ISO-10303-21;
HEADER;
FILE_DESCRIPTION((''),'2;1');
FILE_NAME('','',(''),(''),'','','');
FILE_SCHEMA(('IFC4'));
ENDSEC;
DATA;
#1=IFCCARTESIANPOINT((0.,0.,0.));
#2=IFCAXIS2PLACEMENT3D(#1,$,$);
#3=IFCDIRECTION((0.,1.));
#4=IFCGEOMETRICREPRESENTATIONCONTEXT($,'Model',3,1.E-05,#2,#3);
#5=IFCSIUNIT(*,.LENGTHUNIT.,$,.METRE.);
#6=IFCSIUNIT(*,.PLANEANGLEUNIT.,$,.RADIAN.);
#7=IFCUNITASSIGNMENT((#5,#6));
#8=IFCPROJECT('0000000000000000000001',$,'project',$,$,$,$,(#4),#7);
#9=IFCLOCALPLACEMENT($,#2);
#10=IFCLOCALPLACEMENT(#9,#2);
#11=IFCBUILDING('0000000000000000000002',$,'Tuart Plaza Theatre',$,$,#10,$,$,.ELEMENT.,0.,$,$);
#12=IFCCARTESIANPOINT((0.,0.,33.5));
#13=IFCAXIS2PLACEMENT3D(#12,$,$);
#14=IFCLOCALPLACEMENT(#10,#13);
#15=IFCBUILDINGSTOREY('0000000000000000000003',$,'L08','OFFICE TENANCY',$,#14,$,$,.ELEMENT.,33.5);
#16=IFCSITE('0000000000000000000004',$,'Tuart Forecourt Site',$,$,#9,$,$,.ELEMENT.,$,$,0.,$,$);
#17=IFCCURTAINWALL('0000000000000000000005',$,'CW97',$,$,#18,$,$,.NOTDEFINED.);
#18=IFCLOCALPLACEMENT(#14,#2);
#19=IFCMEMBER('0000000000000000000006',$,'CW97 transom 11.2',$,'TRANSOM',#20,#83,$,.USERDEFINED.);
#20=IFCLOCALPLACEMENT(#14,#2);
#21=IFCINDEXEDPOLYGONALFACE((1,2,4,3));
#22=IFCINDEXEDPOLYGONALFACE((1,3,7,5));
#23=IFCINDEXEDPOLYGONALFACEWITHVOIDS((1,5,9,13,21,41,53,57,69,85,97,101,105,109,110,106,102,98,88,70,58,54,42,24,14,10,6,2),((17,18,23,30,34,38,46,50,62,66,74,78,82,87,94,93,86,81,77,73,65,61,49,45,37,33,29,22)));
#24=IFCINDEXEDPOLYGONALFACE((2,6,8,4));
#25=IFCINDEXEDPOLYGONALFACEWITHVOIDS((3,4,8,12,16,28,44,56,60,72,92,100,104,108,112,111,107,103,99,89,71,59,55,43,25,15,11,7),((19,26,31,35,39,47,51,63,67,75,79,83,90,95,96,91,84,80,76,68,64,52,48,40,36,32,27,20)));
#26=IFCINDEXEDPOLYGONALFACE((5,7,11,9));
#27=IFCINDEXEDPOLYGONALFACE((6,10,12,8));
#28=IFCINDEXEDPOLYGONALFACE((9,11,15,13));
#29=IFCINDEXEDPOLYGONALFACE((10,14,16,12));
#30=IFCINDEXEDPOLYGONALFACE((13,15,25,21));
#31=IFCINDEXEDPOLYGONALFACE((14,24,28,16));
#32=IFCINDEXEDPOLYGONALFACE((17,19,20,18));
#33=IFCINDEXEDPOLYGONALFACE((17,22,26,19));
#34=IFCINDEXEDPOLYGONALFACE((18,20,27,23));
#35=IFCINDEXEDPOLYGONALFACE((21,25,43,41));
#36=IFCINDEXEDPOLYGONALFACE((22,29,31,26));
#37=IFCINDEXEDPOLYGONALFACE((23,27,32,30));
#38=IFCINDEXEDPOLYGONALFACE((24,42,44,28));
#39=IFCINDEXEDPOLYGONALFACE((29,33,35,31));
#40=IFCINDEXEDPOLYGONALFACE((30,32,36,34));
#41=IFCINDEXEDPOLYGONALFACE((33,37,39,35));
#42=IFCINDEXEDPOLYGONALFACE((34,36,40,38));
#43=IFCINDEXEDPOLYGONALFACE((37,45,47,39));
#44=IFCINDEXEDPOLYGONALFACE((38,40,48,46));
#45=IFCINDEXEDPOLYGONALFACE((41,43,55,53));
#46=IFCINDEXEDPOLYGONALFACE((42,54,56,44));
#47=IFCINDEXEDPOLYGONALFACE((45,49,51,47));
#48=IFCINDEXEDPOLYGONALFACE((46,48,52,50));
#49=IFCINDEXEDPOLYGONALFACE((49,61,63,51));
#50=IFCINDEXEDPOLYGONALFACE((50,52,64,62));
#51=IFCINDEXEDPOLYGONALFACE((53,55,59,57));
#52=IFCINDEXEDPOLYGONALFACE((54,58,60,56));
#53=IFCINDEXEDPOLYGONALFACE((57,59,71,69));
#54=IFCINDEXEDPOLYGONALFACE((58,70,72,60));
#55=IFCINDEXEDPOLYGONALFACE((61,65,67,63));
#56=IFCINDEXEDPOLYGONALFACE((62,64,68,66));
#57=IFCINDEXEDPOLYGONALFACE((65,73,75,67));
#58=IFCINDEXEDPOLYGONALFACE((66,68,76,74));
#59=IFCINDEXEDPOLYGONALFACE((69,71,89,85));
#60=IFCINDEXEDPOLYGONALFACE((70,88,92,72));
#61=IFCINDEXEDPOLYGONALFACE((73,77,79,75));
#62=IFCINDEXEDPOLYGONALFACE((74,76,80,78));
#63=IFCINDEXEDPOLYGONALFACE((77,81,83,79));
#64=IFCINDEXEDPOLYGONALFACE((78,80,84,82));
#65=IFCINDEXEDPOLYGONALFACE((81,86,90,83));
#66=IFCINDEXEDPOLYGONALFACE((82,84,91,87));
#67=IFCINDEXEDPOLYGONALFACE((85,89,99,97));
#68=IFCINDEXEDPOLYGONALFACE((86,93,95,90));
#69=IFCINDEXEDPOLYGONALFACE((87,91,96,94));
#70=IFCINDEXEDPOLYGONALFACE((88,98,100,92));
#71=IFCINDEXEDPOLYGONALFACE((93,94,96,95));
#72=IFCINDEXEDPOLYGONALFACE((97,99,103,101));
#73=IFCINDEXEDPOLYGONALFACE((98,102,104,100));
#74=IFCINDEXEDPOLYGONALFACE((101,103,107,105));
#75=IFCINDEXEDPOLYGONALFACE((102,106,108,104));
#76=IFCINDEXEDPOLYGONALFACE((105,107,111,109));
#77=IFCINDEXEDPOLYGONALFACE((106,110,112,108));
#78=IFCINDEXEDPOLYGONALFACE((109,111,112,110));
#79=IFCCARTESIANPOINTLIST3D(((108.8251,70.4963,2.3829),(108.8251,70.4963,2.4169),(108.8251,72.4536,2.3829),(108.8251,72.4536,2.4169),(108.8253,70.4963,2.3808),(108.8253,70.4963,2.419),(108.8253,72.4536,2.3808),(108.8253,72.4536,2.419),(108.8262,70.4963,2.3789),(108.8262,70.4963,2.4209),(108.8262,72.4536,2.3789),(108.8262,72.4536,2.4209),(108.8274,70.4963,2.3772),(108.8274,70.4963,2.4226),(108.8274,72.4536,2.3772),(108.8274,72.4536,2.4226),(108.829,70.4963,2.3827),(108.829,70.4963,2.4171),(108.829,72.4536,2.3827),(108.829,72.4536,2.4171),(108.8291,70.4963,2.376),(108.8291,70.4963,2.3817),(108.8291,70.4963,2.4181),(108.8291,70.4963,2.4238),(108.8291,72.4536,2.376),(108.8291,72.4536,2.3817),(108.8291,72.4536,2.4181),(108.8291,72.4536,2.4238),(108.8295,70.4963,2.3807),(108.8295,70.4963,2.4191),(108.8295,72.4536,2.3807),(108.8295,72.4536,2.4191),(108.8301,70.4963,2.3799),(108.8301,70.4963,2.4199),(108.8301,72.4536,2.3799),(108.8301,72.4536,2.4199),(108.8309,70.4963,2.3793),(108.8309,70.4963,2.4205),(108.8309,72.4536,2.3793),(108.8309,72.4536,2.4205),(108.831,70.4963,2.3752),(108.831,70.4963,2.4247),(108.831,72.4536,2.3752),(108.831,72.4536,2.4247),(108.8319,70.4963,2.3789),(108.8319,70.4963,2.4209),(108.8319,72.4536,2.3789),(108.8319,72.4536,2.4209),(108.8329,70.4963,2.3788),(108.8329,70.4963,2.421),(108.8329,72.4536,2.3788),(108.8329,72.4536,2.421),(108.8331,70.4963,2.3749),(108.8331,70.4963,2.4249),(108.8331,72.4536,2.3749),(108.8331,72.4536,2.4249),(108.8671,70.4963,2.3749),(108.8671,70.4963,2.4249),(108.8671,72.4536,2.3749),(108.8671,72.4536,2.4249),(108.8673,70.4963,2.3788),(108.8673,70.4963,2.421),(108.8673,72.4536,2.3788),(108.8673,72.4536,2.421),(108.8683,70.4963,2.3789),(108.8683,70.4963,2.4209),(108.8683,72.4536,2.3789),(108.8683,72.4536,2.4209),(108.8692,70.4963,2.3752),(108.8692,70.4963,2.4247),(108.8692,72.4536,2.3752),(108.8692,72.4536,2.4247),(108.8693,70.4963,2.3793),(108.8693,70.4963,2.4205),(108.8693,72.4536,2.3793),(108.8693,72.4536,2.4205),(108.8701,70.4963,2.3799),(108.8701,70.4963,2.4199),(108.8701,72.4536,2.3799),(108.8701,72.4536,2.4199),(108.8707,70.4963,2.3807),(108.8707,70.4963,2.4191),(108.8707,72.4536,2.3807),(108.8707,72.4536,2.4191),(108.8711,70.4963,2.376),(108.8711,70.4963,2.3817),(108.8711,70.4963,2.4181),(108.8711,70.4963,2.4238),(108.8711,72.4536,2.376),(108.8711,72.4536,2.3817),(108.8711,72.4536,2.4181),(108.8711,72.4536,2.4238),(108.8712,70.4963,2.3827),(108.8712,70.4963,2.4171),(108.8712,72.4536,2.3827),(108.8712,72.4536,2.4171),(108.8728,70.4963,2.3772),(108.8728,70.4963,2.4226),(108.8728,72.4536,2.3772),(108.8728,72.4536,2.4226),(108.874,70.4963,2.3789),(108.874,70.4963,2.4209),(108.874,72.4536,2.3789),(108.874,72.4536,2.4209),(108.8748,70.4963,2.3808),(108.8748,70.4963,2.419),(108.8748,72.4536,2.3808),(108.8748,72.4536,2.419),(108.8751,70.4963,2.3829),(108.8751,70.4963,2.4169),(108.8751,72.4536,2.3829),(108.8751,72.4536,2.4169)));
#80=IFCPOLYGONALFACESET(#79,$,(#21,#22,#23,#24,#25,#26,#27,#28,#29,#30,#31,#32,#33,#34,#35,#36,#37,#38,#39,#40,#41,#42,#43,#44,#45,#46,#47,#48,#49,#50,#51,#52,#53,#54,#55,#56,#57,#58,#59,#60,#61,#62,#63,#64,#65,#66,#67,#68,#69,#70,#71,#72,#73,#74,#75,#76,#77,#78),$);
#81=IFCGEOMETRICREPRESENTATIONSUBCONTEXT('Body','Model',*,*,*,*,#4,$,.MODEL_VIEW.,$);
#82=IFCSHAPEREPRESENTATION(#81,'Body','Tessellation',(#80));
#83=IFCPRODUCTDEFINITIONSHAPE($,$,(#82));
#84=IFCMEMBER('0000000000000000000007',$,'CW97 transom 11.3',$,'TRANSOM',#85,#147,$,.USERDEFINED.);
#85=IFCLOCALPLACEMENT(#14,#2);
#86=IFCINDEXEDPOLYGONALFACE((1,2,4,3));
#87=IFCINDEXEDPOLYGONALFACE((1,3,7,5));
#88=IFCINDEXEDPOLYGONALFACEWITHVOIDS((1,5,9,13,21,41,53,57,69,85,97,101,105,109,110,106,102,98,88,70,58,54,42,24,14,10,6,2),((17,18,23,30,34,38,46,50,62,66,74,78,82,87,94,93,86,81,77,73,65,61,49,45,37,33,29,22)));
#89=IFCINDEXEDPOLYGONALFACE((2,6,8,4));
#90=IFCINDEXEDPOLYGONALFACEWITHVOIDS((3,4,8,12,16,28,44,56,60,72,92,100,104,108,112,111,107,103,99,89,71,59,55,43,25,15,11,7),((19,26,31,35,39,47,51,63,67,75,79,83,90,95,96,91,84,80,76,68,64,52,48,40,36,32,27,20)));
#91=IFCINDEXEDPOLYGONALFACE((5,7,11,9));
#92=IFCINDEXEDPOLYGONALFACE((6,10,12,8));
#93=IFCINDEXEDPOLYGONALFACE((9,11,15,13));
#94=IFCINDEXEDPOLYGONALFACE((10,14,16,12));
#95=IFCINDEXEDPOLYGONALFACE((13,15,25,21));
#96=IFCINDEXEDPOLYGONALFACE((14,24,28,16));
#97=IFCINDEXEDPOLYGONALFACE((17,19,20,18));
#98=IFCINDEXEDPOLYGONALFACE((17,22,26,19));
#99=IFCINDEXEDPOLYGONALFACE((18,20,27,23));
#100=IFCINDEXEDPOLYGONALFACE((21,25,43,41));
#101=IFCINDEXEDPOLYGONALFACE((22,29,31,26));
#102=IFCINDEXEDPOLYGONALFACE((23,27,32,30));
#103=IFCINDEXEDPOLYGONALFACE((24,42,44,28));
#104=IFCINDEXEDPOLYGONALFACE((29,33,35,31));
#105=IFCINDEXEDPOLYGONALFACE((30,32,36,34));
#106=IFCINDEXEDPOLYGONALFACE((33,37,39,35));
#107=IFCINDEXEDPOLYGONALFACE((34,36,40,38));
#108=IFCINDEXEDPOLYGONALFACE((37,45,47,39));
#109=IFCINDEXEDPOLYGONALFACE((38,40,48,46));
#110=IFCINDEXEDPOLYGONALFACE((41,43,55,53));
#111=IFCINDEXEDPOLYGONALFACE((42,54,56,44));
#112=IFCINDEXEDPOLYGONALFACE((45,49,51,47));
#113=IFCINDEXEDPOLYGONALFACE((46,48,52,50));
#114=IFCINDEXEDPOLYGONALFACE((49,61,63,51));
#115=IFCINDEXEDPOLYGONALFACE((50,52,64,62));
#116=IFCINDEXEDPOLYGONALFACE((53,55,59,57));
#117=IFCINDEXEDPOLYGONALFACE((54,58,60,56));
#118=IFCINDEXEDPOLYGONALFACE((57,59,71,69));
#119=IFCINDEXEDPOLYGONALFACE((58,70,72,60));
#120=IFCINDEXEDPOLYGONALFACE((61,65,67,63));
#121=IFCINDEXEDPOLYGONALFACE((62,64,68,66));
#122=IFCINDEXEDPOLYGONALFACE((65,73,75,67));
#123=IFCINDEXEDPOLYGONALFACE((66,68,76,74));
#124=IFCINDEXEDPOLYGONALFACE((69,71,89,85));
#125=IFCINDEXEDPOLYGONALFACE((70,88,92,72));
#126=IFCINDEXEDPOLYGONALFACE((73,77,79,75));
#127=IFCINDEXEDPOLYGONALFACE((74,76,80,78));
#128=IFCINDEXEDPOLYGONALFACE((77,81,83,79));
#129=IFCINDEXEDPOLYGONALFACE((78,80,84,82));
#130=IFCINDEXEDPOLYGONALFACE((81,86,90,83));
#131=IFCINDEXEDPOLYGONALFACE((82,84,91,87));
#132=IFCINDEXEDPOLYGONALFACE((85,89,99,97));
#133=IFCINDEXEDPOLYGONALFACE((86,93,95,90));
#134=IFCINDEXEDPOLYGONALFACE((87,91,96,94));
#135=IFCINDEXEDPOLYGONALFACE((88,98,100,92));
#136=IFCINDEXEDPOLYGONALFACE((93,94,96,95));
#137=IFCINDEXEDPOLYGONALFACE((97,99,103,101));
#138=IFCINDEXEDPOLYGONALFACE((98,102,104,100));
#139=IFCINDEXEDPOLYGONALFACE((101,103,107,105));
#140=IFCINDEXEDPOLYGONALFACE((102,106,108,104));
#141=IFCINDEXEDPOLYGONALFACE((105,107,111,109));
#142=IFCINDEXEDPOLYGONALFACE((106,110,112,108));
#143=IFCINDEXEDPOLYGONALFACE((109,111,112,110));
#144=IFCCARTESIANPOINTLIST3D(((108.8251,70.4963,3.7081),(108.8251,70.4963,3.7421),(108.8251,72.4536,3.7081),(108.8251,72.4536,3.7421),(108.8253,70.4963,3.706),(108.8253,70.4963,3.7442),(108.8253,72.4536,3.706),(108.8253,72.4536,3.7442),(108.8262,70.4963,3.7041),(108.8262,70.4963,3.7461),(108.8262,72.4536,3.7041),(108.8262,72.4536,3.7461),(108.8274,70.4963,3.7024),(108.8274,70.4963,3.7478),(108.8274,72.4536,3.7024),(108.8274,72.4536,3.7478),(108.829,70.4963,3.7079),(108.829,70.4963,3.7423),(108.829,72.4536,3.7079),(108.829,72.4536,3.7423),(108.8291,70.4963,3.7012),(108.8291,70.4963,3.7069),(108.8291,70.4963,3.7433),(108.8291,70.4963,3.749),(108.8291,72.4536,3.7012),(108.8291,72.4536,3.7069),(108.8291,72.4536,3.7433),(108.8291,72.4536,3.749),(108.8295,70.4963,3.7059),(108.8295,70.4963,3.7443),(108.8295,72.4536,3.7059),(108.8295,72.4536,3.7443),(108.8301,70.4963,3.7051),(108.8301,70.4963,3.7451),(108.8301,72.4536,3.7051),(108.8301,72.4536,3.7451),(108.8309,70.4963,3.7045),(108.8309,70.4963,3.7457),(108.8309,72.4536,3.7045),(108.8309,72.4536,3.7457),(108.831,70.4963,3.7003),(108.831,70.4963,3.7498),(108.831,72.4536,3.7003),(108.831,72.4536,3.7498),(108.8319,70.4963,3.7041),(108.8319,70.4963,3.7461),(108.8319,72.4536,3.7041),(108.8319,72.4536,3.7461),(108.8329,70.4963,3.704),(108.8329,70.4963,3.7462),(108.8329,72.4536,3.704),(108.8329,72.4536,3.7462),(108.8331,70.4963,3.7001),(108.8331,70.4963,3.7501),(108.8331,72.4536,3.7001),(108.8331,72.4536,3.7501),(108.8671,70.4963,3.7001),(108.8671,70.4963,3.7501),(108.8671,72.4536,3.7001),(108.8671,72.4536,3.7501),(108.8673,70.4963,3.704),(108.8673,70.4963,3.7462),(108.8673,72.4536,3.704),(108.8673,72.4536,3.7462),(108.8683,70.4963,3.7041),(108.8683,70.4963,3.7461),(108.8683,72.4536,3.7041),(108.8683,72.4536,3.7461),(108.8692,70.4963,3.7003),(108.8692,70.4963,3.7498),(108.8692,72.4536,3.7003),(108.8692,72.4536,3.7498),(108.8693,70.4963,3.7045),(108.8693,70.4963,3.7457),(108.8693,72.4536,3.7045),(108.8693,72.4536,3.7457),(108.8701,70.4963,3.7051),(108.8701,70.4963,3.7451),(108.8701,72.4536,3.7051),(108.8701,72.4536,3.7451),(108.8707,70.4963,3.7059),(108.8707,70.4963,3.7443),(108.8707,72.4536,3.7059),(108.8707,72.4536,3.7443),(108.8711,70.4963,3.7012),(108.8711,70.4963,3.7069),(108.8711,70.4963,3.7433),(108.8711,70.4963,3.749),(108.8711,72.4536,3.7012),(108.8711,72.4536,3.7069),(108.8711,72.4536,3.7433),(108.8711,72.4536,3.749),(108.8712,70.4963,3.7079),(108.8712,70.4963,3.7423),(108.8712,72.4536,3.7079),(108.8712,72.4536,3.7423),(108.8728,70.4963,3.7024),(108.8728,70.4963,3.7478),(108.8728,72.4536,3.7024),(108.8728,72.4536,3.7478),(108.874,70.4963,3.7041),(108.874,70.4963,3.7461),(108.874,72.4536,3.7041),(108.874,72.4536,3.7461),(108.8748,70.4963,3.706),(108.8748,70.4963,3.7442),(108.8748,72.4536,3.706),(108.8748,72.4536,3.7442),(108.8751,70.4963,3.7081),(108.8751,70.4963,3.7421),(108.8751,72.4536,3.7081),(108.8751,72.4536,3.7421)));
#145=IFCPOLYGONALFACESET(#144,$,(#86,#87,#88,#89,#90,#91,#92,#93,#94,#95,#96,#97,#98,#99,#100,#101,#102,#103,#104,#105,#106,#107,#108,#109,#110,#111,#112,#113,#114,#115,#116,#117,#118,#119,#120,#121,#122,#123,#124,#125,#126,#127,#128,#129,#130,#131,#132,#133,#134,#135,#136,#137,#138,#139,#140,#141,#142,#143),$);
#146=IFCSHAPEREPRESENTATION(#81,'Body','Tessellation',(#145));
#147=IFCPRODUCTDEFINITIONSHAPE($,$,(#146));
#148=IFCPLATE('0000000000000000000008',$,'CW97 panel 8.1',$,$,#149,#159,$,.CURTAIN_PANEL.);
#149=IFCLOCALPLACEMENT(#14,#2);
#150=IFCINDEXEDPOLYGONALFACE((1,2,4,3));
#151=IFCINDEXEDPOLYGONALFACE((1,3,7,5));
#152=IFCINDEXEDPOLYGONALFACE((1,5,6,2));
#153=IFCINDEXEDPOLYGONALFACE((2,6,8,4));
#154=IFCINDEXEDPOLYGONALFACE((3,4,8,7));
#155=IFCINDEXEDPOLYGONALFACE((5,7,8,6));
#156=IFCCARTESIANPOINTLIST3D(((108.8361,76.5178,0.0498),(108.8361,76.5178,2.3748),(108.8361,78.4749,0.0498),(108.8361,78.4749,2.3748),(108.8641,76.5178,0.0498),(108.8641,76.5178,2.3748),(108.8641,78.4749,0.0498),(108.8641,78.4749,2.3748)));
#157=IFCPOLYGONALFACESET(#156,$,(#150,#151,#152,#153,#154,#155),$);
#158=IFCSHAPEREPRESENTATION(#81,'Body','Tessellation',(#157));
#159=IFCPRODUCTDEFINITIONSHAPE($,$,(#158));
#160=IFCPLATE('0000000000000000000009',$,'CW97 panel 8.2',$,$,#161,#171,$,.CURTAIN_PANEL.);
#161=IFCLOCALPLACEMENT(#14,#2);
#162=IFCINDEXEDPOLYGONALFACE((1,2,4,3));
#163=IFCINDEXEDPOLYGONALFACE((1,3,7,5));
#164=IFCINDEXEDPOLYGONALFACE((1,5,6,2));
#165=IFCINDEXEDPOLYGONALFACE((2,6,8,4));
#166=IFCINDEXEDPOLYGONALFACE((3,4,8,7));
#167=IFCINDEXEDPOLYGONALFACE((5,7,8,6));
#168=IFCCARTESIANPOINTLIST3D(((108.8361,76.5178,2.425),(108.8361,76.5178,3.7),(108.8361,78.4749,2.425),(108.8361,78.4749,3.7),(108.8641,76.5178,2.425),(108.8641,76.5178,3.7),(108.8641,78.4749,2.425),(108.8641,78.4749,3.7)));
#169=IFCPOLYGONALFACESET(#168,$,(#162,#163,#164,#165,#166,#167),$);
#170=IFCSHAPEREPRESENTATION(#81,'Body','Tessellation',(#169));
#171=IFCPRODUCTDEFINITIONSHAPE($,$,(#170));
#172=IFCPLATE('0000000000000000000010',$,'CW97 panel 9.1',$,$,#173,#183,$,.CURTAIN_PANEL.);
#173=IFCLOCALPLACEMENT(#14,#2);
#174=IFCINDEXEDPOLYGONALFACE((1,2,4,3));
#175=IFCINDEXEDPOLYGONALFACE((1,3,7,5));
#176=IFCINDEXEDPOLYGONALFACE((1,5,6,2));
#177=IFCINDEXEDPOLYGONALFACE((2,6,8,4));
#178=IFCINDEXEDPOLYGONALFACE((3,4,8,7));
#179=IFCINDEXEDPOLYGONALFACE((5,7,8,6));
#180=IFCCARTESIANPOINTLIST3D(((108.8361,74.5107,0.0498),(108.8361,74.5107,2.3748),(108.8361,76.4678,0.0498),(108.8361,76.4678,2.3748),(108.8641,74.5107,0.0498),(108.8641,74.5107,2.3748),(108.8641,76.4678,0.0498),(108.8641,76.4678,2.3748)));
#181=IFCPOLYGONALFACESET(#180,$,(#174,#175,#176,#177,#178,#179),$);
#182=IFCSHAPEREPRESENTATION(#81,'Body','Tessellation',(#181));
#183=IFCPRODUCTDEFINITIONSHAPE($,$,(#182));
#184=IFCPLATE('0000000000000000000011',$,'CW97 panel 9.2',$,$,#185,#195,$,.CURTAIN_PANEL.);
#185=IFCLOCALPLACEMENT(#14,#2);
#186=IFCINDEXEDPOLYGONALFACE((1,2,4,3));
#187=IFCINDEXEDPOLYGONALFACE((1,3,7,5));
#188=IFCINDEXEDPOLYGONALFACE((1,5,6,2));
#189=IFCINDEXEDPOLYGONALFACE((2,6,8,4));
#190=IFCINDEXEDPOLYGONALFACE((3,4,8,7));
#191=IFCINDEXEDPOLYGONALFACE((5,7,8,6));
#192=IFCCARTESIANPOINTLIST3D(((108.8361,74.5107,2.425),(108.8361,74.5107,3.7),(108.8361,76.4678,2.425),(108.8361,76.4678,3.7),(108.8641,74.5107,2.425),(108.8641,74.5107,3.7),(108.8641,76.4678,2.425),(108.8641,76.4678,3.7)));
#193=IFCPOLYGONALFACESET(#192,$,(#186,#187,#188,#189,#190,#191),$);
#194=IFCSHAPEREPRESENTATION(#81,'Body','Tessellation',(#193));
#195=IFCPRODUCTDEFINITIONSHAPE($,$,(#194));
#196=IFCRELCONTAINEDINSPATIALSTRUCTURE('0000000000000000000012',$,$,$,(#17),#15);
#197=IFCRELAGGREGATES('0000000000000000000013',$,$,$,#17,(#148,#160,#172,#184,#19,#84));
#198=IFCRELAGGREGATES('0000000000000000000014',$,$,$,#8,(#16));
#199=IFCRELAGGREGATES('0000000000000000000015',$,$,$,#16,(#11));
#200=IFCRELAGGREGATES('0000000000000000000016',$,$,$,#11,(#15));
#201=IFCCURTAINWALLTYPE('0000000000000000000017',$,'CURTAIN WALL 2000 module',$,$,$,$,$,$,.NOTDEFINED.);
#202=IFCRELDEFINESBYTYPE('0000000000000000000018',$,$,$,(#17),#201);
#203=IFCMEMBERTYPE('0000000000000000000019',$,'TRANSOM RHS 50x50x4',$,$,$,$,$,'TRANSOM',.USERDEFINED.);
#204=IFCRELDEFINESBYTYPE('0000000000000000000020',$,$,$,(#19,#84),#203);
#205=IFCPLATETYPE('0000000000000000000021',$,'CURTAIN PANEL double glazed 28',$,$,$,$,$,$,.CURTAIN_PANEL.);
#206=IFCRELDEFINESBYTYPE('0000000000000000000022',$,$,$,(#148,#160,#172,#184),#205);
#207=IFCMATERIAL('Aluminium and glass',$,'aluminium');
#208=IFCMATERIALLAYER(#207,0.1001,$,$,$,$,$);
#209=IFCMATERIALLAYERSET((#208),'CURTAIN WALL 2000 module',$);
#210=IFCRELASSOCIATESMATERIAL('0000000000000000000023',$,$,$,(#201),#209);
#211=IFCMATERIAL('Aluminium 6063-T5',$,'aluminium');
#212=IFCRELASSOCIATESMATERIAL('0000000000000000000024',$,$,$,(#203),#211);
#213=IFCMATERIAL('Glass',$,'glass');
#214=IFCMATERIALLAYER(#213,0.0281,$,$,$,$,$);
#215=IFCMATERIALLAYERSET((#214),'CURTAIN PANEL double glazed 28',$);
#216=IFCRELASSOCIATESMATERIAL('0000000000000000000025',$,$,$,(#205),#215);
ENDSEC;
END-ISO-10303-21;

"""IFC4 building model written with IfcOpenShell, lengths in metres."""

from ifc_helpers import new_model, si_unit, direction, frame, origin, origin_2d, place, context, subcontext, project, spatial, rectangle, hollow_rectangle, extrude, material, layer, layer_set, material_profile, profile_set, type_object, element, aggregate, save


model = new_model("IFC4")

# Units and contexts
model_context = context("Model", 3, precision=1e-05, world=origin(), true_north=direction((0.0, 1.0)))
body_context = subcontext(model_context, "Body", "Model", "MODEL_VIEW")
ifc_project = project(units=[si_unit("LENGTHUNIT", "METRE"), si_unit("PLANEANGLEUNIT", "RADIAN")], contexts=[model_context])

# Site, building, storey
site_placement = place(None, origin())
site = spatial("IfcSite", under=ifc_project, at=site_placement, Name="Tuart Forecourt Site", CompositionType="ELEMENT", RefElevation=0.0)
building_placement = place(site_placement, origin())
building = spatial("IfcBuilding", under=site, at=building_placement, Name="Tuart Plaza Theatre", CompositionType="ELEMENT", ElevationOfRefHeight=0.0)
storey_placement = place(building_placement, frame((0.0, 0.0, 33.5)))
storey = spatial("IfcBuildingStorey", under=building, at=storey_placement, Name="L08", Description="OFFICE TENANCY", CompositionType="ELEMENT", Elevation=33.5)

# Curtain wall, members, plates
ifc_material_1 = material(Name="Aluminium and glass", Category="aluminium")
ifc_layer_1 = layer(ifc_material_1, 0.1001)
ifc_layer_set_1 = layer_set([ifc_layer_1], Name="CURTAIN WALL 2000 module")
curtain_wall_type = type_object("IfcCurtainWallType", Name="CURTAIN WALL 2000 module", PredefinedType="NOTDEFINED", material=ifc_layer_set_1)
curtain_wall_placement = place(storey_placement, origin())
curtain_wall = element("IfcCurtainWall", 1, at=curtain_wall_placement, inside=storey, type_object=curtain_wall_type, Name="CW97", PredefinedType="NOTDEFINED")
ifc_material_2 = material(Name="Aluminium 6063-T5", Category="aluminium")
ifc_material_profile_1 = material_profile(ifc_material_2, hollow_rectangle(XDim=0.05, YDim=0.05, WallThickness=0.0039, InnerFilletRadius=0.0039, OuterFilletRadius=0.0081, at=origin_2d()), Name="RHS 50x50x4")
ifc_profile_set_1 = profile_set([ifc_material_profile_1], Name="Aluminium 6063-T5")
member_type_1 = type_object("IfcMemberType", Name="TRANSOM RHS 50x50x4", ElementType="TRANSOM", PredefinedType="USERDEFINED", material=ifc_profile_set_1)
member_1_placement = place(storey_placement, frame((108.8501, 72.4536, 2.3999), z_axis=(0.0, -1.0, 0.0), x_axis=(1.0, 0.0, 0.0)))
member_1 = element("IfcMember", 2, at=member_1_placement, type_object=member_type_1, Name="CW97 transom 11.2", ObjectType="TRANSOM", PredefinedType="USERDEFINED", context=body_context, shape_type="SweptSolid", body=[
    extrude(hollow_rectangle(XDim=0.05, YDim=0.05, WallThickness=0.0039, InnerFilletRadius=0.0039, OuterFilletRadius=0.0081, at=origin_2d()), origin(), (0.0, 0.0, 1.0), 1.9573),
])
member_2_placement = place(storey_placement, frame((108.8501, 72.4536, 3.7251), z_axis=(0.0, -1.0, 0.0), x_axis=(1.0, 0.0, 0.0)))
member_2 = element("IfcMember", 3, at=member_2_placement, type_object=member_type_1, Name="CW97 transom 11.3", ObjectType="TRANSOM", PredefinedType="USERDEFINED", context=body_context, shape_type="SweptSolid", body=[
    extrude(hollow_rectangle(XDim=0.05, YDim=0.05, WallThickness=0.0039, InnerFilletRadius=0.0039, OuterFilletRadius=0.0081, at=origin_2d()), origin(), (0.0, 0.0, 1.0), 1.9573),
])
ifc_material_3 = material(Name="Glass", Category="glass")
ifc_layer_2 = layer(ifc_material_3, 0.0281)
ifc_layer_set_2 = layer_set([ifc_layer_2], Name="CURTAIN PANEL double glazed 28")
plate_type = type_object("IfcPlateType", Name="CURTAIN PANEL double glazed 28", PredefinedType="CURTAIN_PANEL", material=ifc_layer_set_2)
plate_1_placement = place(storey_placement, frame((108.8501, 77.4963, 0.0498), z_axis=(0.0, 0.0, 1.0), x_axis=(0.0, -1.0, 0.0)))
plate_1 = element("IfcPlate", 4, at=plate_1_placement, type_object=plate_type, Name="CW97 panel 8.1", PredefinedType="CURTAIN_PANEL", context=body_context, shape_type="SweptSolid", body=[
    extrude(rectangle(XDim=1.957, YDim=0.0281, at=origin_2d()), origin(), (0.0, 0.0, 1.0), 2.325),
])
plate_2_placement = place(storey_placement, frame((108.8501, 77.4963, 2.425), z_axis=(0.0, 0.0, 1.0), x_axis=(0.0, -1.0, 0.0)))
plate_2 = element("IfcPlate", 5, at=plate_2_placement, type_object=plate_type, Name="CW97 panel 8.2", PredefinedType="CURTAIN_PANEL", context=body_context, shape_type="SweptSolid", body=[
    extrude(rectangle(XDim=1.957, YDim=0.0281, at=origin_2d()), origin(), (0.0, 0.0, 1.0), 1.2749),
])
plate_3_placement = place(storey_placement, frame((108.8501, 75.4893, 0.0498), z_axis=(0.0, 0.0, 1.0), x_axis=(0.0, -1.0, 0.0)))
plate_3 = element("IfcPlate", 6, at=plate_3_placement, type_object=plate_type, Name="CW97 panel 9.1", PredefinedType="CURTAIN_PANEL", context=body_context, shape_type="SweptSolid", body=[
    extrude(rectangle(XDim=1.957, YDim=0.0281, at=origin_2d()), origin(), (0.0, 0.0, 1.0), 2.325),
])
plate_4_placement = place(storey_placement, frame((108.8501, 75.4893, 2.425), z_axis=(0.0, 0.0, 1.0), x_axis=(0.0, -1.0, 0.0)))
plate_4 = element("IfcPlate", 7, at=plate_4_placement, type_object=plate_type, Name="CW97 panel 9.2", PredefinedType="CURTAIN_PANEL", context=body_context, shape_type="SweptSolid", body=[
    extrude(rectangle(XDim=1.957, YDim=0.0281, at=origin_2d()), origin(), (0.0, 0.0, 1.0), 1.2749),
])
aggregate(curtain_wall, [plate_1, plate_2, plate_3, plate_4, member_1, member_2])

save(model, "model.ifc")
